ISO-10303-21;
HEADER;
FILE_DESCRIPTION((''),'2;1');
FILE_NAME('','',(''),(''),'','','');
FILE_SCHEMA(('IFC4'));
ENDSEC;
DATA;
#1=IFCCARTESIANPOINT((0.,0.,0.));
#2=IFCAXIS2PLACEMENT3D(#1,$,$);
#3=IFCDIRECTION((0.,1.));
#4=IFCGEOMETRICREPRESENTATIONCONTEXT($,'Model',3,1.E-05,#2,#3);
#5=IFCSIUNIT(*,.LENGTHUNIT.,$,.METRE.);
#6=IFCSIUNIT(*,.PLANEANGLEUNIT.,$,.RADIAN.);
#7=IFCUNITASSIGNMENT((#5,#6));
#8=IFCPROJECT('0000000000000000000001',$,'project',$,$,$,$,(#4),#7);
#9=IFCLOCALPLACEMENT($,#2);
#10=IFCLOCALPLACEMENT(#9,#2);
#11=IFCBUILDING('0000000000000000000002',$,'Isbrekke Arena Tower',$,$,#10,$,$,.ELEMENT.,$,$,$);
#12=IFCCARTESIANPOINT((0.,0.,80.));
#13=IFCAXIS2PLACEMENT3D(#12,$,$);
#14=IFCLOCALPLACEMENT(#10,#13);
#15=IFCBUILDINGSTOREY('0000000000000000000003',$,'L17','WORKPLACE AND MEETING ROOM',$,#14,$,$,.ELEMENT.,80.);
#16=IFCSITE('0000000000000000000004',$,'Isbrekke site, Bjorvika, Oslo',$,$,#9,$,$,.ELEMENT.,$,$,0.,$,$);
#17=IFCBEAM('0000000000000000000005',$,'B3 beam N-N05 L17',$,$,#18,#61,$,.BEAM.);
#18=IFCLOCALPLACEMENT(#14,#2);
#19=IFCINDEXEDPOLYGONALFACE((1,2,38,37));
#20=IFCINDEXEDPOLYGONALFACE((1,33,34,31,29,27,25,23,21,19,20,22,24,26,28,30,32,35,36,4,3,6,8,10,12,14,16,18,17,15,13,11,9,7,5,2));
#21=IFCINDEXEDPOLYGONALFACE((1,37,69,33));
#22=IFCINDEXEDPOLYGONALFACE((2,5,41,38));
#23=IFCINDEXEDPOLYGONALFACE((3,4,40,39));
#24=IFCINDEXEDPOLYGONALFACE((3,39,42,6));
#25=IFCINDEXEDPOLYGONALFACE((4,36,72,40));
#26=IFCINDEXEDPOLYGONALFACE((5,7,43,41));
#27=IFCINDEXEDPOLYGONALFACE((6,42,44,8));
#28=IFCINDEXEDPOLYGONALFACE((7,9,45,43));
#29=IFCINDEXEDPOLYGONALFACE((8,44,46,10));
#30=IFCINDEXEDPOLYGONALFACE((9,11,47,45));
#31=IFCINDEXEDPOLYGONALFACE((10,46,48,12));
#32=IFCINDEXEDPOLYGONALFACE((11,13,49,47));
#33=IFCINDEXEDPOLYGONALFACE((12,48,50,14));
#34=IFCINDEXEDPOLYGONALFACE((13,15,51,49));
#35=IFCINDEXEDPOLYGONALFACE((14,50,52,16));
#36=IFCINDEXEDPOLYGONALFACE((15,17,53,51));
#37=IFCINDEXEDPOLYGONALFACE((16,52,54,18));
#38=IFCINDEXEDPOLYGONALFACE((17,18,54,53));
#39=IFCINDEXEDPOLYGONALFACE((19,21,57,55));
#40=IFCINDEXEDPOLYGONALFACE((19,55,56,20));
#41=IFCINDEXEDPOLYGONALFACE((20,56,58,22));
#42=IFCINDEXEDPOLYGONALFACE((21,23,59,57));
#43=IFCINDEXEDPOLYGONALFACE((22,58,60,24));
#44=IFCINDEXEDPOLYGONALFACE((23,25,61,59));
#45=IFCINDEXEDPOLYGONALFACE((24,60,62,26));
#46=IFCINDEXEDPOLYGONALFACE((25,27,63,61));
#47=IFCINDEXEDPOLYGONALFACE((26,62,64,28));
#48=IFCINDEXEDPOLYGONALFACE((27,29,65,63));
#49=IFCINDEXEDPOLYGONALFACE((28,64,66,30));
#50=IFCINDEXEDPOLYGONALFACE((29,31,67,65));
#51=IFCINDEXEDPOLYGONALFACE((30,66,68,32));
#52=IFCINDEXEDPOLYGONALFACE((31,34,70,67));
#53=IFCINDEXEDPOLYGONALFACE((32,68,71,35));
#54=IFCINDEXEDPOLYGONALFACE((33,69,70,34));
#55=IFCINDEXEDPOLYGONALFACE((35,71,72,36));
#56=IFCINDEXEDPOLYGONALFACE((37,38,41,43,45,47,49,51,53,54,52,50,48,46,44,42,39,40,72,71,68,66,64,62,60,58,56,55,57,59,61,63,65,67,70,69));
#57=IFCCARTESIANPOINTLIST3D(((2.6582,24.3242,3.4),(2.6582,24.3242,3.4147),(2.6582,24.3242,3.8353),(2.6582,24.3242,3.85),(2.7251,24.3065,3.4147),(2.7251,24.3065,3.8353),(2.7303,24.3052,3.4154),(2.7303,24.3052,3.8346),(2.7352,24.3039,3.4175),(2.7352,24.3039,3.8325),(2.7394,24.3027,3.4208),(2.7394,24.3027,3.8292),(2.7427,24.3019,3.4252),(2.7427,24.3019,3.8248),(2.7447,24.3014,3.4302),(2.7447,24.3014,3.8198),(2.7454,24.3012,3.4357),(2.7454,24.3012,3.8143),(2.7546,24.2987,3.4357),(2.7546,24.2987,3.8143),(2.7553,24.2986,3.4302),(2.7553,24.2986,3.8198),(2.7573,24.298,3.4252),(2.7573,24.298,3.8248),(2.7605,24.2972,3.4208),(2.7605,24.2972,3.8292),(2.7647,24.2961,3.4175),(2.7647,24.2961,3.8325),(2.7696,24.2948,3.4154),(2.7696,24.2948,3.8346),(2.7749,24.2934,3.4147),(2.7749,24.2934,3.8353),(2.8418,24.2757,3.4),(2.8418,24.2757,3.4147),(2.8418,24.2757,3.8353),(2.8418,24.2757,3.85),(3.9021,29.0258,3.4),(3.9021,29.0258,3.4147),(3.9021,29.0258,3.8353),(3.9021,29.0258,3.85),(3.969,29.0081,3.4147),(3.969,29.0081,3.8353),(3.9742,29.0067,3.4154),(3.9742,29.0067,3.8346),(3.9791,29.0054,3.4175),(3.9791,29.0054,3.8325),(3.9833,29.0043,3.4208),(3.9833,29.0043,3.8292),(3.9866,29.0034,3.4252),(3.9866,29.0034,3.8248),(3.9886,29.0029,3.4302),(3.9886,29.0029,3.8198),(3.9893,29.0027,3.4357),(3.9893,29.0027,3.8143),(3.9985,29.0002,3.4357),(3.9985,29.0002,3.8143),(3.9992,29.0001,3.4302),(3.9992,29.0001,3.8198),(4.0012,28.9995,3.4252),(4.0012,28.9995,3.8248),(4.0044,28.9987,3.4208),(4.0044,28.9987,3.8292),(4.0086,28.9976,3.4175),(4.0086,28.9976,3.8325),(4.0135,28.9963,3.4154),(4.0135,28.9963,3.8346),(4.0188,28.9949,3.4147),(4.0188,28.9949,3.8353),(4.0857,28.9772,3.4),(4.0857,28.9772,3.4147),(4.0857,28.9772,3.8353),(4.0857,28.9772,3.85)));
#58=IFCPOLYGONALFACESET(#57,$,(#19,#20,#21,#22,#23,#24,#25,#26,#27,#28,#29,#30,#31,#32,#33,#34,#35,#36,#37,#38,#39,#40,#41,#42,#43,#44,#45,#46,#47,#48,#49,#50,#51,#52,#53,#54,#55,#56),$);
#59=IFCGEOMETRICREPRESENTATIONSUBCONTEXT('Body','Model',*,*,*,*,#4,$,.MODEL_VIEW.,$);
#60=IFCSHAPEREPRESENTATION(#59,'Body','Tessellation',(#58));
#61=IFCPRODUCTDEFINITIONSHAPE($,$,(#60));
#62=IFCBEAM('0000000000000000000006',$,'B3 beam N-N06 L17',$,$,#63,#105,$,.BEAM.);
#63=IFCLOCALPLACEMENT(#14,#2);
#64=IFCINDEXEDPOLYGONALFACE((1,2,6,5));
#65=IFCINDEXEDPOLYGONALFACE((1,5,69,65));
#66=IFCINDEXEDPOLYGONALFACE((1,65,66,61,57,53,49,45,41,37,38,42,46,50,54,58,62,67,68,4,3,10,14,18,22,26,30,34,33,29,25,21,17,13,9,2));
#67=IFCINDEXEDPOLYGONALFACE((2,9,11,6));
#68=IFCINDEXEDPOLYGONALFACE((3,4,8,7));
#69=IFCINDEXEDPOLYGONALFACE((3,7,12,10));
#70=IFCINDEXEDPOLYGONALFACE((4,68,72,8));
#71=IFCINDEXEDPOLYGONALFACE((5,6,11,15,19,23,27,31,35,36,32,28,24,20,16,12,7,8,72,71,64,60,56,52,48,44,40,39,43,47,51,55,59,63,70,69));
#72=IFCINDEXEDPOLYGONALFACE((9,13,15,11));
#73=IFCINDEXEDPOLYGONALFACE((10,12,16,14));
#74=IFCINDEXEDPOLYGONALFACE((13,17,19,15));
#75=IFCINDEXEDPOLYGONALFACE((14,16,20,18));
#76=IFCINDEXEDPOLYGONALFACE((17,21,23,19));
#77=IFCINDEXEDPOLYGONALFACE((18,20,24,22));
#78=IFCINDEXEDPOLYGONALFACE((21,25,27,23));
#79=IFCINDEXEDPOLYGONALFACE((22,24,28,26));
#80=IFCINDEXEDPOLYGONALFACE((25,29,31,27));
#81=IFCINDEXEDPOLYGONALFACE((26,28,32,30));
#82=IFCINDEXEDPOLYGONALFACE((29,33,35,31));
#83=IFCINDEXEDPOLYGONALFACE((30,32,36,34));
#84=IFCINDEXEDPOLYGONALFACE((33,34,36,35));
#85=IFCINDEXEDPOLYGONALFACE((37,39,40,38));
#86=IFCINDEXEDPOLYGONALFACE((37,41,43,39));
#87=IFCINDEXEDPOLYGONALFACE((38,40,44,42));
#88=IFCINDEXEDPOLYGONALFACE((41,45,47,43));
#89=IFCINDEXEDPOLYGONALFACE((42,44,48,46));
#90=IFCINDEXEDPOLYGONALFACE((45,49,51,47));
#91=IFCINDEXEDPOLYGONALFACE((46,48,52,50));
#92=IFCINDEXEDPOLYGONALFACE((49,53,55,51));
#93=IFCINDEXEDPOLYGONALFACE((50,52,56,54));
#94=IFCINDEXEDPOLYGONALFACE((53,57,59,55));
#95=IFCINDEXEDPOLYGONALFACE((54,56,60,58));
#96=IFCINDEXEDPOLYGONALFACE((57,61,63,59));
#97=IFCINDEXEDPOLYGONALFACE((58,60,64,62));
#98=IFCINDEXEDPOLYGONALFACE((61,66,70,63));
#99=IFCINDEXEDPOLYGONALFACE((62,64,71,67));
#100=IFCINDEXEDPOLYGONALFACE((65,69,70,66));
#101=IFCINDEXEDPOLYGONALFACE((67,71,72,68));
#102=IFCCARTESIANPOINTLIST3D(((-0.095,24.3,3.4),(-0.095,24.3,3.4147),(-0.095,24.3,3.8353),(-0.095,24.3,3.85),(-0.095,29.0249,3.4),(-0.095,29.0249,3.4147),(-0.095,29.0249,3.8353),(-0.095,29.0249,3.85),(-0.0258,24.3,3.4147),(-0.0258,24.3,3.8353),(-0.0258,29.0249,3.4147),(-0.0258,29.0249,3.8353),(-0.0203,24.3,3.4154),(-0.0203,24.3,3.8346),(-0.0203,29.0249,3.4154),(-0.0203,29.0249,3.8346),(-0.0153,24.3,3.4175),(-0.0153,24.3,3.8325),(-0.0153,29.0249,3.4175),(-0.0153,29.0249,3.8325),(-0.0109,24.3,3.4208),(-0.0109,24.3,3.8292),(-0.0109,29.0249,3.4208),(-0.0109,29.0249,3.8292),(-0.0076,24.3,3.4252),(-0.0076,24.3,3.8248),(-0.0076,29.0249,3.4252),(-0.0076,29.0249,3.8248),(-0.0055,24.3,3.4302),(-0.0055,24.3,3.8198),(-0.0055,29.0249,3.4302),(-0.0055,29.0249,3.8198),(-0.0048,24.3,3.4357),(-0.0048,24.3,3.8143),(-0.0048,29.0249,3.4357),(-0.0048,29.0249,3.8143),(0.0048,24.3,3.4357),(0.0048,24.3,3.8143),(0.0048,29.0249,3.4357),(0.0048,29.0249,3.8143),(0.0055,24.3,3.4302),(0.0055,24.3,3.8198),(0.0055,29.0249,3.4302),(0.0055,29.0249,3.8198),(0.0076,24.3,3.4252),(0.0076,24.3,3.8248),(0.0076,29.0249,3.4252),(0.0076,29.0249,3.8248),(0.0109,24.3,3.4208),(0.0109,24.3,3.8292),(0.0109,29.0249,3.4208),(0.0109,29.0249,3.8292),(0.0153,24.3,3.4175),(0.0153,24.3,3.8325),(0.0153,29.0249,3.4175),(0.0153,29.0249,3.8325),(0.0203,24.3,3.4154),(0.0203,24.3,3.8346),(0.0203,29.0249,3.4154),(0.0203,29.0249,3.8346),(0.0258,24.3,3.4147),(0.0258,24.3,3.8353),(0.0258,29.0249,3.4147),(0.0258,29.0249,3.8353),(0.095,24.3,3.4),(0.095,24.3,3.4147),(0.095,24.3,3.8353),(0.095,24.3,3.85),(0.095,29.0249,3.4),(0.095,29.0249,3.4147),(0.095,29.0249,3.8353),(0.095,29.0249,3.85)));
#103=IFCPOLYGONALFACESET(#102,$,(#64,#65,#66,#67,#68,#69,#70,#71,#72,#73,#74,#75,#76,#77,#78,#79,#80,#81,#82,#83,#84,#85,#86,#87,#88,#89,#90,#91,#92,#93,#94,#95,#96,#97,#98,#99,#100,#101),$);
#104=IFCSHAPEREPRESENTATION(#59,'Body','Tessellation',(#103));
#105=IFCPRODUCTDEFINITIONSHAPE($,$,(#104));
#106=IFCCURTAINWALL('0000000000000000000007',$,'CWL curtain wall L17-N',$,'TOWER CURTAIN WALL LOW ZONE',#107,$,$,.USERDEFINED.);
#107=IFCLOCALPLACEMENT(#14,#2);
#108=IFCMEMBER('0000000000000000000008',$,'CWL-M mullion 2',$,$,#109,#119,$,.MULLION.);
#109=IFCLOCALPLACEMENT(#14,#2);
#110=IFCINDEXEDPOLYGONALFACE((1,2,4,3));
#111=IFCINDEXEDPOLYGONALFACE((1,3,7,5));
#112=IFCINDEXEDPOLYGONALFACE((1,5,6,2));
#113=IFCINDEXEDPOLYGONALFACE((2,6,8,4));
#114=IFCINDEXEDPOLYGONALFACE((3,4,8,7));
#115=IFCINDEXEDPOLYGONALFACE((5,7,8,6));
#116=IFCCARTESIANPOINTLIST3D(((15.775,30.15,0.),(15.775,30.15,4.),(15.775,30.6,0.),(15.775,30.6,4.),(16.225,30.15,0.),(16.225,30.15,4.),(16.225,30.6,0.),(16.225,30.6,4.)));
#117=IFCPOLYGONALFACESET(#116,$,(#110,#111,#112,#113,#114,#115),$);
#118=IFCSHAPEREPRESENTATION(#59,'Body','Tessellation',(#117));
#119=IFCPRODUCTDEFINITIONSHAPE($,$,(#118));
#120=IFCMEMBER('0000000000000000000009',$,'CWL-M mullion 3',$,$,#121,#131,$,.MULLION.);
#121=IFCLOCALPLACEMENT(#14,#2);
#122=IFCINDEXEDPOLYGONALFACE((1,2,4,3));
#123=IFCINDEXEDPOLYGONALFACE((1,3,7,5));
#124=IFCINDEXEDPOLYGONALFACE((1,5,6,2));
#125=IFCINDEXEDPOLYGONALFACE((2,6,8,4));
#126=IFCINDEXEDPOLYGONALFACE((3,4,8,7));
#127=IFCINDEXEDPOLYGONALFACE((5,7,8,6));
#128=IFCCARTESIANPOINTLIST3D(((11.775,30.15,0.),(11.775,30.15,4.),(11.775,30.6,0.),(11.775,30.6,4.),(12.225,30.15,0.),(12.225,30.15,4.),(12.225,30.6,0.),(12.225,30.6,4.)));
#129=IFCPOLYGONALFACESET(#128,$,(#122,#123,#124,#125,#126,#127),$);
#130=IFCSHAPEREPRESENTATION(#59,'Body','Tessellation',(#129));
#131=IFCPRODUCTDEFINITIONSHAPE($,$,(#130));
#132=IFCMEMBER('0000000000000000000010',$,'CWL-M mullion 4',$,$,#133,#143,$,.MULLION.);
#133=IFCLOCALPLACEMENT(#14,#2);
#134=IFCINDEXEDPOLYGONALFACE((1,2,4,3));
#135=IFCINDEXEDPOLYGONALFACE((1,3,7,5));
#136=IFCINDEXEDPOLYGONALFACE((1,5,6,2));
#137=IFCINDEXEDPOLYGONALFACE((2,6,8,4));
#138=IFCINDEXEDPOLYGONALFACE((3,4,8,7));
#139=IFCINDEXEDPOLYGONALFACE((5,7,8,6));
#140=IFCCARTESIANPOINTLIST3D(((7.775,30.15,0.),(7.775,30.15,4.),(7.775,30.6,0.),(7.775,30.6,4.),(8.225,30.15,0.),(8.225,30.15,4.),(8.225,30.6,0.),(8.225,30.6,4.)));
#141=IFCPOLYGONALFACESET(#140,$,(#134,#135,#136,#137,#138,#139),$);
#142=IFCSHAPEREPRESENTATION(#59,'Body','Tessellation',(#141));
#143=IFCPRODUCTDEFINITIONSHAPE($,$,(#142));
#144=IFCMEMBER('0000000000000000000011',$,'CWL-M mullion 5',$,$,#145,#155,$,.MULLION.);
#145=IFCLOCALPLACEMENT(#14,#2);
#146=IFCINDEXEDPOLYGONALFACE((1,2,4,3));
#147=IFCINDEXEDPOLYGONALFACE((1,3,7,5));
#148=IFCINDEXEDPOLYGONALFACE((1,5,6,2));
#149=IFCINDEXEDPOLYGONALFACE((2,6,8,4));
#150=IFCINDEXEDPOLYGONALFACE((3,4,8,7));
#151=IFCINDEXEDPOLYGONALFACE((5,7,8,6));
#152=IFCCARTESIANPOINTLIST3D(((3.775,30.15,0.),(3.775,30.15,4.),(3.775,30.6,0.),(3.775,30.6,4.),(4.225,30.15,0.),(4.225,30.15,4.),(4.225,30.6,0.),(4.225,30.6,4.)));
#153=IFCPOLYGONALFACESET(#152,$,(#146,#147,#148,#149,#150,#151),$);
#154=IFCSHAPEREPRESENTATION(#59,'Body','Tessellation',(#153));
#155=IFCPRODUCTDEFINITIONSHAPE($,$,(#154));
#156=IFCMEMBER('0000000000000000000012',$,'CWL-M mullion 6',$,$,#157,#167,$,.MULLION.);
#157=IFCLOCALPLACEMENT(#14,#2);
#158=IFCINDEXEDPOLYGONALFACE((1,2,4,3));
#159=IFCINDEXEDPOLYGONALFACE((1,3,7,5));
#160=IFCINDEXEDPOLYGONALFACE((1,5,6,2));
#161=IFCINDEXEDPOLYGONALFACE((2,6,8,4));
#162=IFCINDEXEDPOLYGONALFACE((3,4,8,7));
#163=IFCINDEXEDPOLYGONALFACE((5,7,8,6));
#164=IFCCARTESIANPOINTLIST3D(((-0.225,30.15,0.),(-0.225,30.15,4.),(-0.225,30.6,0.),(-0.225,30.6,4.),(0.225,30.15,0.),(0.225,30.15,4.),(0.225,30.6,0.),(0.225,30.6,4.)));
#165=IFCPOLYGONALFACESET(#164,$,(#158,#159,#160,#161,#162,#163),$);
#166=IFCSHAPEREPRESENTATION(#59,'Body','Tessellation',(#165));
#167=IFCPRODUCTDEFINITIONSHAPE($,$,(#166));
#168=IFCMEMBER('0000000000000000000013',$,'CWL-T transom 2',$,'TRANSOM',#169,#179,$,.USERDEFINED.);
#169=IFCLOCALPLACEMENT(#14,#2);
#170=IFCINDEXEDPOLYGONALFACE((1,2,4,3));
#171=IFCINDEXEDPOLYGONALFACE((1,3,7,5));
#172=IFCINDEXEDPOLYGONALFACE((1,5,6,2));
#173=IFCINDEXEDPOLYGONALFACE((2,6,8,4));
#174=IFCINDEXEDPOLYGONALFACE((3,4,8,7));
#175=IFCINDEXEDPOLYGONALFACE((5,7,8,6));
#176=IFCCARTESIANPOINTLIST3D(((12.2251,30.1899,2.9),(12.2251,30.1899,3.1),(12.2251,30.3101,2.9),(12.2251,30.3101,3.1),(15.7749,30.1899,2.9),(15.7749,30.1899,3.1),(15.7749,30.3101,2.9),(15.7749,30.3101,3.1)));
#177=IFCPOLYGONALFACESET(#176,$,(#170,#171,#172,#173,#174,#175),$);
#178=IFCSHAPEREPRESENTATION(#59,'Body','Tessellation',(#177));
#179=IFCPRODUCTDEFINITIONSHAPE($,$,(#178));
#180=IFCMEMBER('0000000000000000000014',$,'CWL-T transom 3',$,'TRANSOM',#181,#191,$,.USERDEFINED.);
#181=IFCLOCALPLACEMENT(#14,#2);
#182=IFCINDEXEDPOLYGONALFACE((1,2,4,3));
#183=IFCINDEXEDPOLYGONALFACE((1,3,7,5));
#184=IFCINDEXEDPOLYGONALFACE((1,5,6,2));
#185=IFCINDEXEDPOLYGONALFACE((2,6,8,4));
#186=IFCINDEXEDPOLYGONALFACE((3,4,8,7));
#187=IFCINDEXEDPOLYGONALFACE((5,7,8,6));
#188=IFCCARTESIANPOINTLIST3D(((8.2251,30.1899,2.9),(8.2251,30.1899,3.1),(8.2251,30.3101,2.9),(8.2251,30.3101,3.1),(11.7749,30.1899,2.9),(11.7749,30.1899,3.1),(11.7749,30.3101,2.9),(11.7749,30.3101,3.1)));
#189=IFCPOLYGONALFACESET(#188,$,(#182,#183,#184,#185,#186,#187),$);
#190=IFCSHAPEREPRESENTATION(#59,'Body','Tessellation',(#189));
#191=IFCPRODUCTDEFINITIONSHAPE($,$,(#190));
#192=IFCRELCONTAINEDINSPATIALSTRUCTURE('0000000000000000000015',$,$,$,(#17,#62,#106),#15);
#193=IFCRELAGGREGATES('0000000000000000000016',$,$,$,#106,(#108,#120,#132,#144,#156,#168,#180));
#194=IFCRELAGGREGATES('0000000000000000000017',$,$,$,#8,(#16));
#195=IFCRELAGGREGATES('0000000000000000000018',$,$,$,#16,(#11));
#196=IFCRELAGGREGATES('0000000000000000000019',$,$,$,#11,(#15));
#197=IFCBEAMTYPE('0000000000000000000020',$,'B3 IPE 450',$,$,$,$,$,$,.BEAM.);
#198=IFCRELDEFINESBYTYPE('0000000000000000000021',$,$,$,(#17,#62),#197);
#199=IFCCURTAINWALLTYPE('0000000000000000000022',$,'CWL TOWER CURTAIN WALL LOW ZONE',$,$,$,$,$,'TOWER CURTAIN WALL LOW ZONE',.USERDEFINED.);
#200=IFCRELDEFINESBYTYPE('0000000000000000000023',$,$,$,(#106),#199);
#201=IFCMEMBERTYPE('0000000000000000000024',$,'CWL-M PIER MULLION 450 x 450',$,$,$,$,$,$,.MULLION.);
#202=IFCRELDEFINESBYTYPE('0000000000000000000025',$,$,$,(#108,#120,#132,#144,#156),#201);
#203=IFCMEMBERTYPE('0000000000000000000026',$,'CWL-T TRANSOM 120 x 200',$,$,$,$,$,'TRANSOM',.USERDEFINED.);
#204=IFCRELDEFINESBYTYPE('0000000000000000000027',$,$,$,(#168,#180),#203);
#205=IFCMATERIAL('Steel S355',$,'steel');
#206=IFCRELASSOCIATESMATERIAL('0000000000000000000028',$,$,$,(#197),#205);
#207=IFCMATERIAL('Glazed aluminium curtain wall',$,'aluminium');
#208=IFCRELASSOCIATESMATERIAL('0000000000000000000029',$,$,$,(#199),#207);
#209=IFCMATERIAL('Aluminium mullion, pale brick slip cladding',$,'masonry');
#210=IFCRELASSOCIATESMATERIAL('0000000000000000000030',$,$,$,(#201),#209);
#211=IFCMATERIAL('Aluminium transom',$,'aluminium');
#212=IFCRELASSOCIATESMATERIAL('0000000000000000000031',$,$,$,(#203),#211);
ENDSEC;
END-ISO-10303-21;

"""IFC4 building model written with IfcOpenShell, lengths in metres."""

from ifc_helpers import new_model, si_unit, direction, frame, origin, origin_2d, place, context, subcontext, project, spatial, rectangle, i_section, extrude, material, material_profile, profile_set, type_object, element, aggregate, save


model = new_model("IFC4")

# Units and contexts
model_context = context("Model", 3, precision=1e-05, world=origin(), true_north=direction((0.0, 1.0)))
body_context = subcontext(model_context, "Body", "Model", "MODEL_VIEW")
ifc_project = project(units=[si_unit("LENGTHUNIT", "METRE"), si_unit("PLANEANGLEUNIT", "RADIAN")], contexts=[model_context])

# Site, building, storey
site_placement = place(None, origin())
site = spatial("IfcSite", under=ifc_project, at=site_placement, Name="Isbrekke site, Bjorvika, Oslo", CompositionType="ELEMENT", RefElevation=0.0)
building_placement = place(site_placement, origin())
building = spatial("IfcBuilding", under=site, at=building_placement, Name="Isbrekke Arena Tower", CompositionType="ELEMENT")
storey_placement = place(building_placement, frame((0.0, 0.0, 80.0)))
storey = spatial("IfcBuildingStorey", under=building, at=storey_placement, Name="L17", Description="WORKPLACE AND MEETING ROOM", CompositionType="ELEMENT", Elevation=80.0)

# Beams
ifc_material_1 = material(Name="Steel S355", Category="steel")
ifc_material_profile_1 = material_profile(ifc_material_1, i_section(OverallWidth=0.1899, OverallDepth=0.45, WebThickness=0.0095, FlangeThickness=0.0146, FilletRadius=0.021, at=origin_2d()), Name="IPE 450")
ifc_profile_set_1 = profile_set([ifc_material_profile_1], Name="Steel S355")
beam_type_1 = type_object("IfcBeamType", Name="B3 IPE 450", PredefinedType="BEAM", material=ifc_profile_set_1)
beam_1_placement = place(storey_placement, frame((3.9939, 29.0015, 3.625), z_axis=(-0.255778, -0.966736, 0.0), x_axis=(0.966736, -0.255778, 0.0)))
element("IfcBeam", 1, at=beam_1_placement, inside=storey, type_object=beam_type_1, Name="B3 beam N-N05 L17", PredefinedType="BEAM", context=body_context, shape_type="SweptSolid", body=[
    extrude(i_section(OverallWidth=0.1899, OverallDepth=0.45, WebThickness=0.0095, FlangeThickness=0.0146, FilletRadius=0.021, at=origin_2d()), origin(), (0.0, 0.0, 1.0), 4.8633),
])
beam_2_placement = place(storey_placement, frame((0.0, 29.0249, 3.625), z_axis=(0.0, -1.0, 0.0), x_axis=(1.0, 0.0, 0.0)))
element("IfcBeam", 2, at=beam_2_placement, inside=storey, type_object=beam_type_1, Name="B3 beam N-N06 L17", PredefinedType="BEAM", context=body_context, shape_type="SweptSolid", body=[
    extrude(i_section(OverallWidth=0.1899, OverallDepth=0.45, WebThickness=0.0095, FlangeThickness=0.0146, FilletRadius=0.021, at=origin_2d()), origin(), (0.0, 0.0, 1.0), 4.7249),
])

# Curtain wall, members
ifc_material_2 = material(Name="Glazed aluminium curtain wall", Category="aluminium")
curtain_wall_type = type_object("IfcCurtainWallType", Name="CWL TOWER CURTAIN WALL LOW ZONE", ElementType="TOWER CURTAIN WALL LOW ZONE", PredefinedType="USERDEFINED", material=ifc_material_2)
curtain_wall_placement = place(storey_placement, origin())
curtain_wall = element("IfcCurtainWall", 3, at=curtain_wall_placement, inside=storey, type_object=curtain_wall_type, Name="CWL curtain wall L17-N", ObjectType="TOWER CURTAIN WALL LOW ZONE", PredefinedType="USERDEFINED")
ifc_material_3 = material(Name="Aluminium mullion, pale brick slip cladding", Category="masonry")
ifc_material_profile_2 = material_profile(ifc_material_3, rectangle(XDim=0.45, YDim=0.45, at=origin_2d()), Name="PIER 450X450")
ifc_profile_set_2 = profile_set([ifc_material_profile_2], Name="Aluminium mullion, pale brick slip cladding")
member_type_1 = type_object("IfcMemberType", Name="CWL-M PIER MULLION 450 x 450", PredefinedType="MULLION", material=ifc_profile_set_2)
member_1_placement = place(storey_placement, frame((16.0, 30.375, 0.0), z_axis=(0.0, 0.0, 1.0), x_axis=(-1.0, 0.0, 0.0)))
member_1 = element("IfcMember", 4, at=member_1_placement, type_object=member_type_1, Name="CWL-M mullion 2", PredefinedType="MULLION", context=body_context, shape_type="SweptSolid", body=[
    extrude(rectangle(XDim=0.45, YDim=0.45, at=origin_2d()), origin(), (0.0, 0.0, 1.0), 4.0),
])
member_2_placement = place(storey_placement, frame((12.0, 30.375, 0.0), z_axis=(0.0, 0.0, 1.0), x_axis=(-1.0, 0.0, 0.0)))
member_2 = element("IfcMember", 5, at=member_2_placement, type_object=member_type_1, Name="CWL-M mullion 3", PredefinedType="MULLION", context=body_context, shape_type="SweptSolid", body=[
    extrude(rectangle(XDim=0.45, YDim=0.45, at=origin_2d()), origin(), (0.0, 0.0, 1.0), 4.0),
])
member_3_placement = place(storey_placement, frame((8.0, 30.375, 0.0), z_axis=(0.0, 0.0, 1.0), x_axis=(-1.0, 0.0, 0.0)))
member_3 = element("IfcMember", 6, at=member_3_placement, type_object=member_type_1, Name="CWL-M mullion 4", PredefinedType="MULLION", context=body_context, shape_type="SweptSolid", body=[
    extrude(rectangle(XDim=0.45, YDim=0.45, at=origin_2d()), origin(), (0.0, 0.0, 1.0), 4.0),
])
member_4_placement = place(storey_placement, frame((4.0, 30.375, 0.0), z_axis=(0.0, 0.0, 1.0), x_axis=(-1.0, 0.0, 0.0)))
member_4 = element("IfcMember", 7, at=member_4_placement, type_object=member_type_1, Name="CWL-M mullion 5", PredefinedType="MULLION", context=body_context, shape_type="SweptSolid", body=[
    extrude(rectangle(XDim=0.45, YDim=0.45, at=origin_2d()), origin(), (0.0, 0.0, 1.0), 4.0),
])
member_5_placement = place(storey_placement, frame((0.0, 30.375, 0.0), z_axis=(0.0, 0.0, 1.0), x_axis=(-1.0, 0.0, 0.0)))
member_5 = element("IfcMember", 8, at=member_5_placement, type_object=member_type_1, Name="CWL-M mullion 6", PredefinedType="MULLION", context=body_context, shape_type="SweptSolid", body=[
    extrude(rectangle(XDim=0.45, YDim=0.45, at=origin_2d()), origin(), (0.0, 0.0, 1.0), 4.0),
])
ifc_material_4 = material(Name="Aluminium transom", Category="aluminium")
ifc_material_profile_3 = material_profile(ifc_material_4, rectangle(XDim=0.1201, YDim=0.2, at=origin_2d()), Name="TRANSOM 120X200")
ifc_profile_set_3 = profile_set([ifc_material_profile_3], Name="Aluminium transom")
member_type_2 = type_object("IfcMemberType", Name="CWL-T TRANSOM 120 x 200", ElementType="TRANSOM", PredefinedType="USERDEFINED", material=ifc_profile_set_3)
member_6_placement = place(storey_placement, frame((15.7749, 30.25, 3.0), z_axis=(-1.0, 0.0, 0.0), x_axis=(0.0, -1.0, 0.0)))
member_6 = element("IfcMember", 9, at=member_6_placement, type_object=member_type_2, Name="CWL-T transom 2", ObjectType="TRANSOM", PredefinedType="USERDEFINED", context=body_context, shape_type="SweptSolid", body=[
    extrude(rectangle(XDim=0.1201, YDim=0.2, at=origin_2d()), origin(), (0.0, 0.0, 1.0), 3.5498),
])
member_7_placement = place(storey_placement, frame((11.7749, 30.25, 3.0), z_axis=(-1.0, 0.0, 0.0), x_axis=(0.0, -1.0, 0.0)))
member_7 = element("IfcMember", 10, at=member_7_placement, type_object=member_type_2, Name="CWL-T transom 3", ObjectType="TRANSOM", PredefinedType="USERDEFINED", context=body_context, shape_type="SweptSolid", body=[
    extrude(rectangle(XDim=0.1201, YDim=0.2, at=origin_2d()), origin(), (0.0, 0.0, 1.0), 3.5498),
])

aggregate(curtain_wall, [member_1, member_2, member_3, member_4, member_5, member_6, member_7])

save(model, "model.ifc")
